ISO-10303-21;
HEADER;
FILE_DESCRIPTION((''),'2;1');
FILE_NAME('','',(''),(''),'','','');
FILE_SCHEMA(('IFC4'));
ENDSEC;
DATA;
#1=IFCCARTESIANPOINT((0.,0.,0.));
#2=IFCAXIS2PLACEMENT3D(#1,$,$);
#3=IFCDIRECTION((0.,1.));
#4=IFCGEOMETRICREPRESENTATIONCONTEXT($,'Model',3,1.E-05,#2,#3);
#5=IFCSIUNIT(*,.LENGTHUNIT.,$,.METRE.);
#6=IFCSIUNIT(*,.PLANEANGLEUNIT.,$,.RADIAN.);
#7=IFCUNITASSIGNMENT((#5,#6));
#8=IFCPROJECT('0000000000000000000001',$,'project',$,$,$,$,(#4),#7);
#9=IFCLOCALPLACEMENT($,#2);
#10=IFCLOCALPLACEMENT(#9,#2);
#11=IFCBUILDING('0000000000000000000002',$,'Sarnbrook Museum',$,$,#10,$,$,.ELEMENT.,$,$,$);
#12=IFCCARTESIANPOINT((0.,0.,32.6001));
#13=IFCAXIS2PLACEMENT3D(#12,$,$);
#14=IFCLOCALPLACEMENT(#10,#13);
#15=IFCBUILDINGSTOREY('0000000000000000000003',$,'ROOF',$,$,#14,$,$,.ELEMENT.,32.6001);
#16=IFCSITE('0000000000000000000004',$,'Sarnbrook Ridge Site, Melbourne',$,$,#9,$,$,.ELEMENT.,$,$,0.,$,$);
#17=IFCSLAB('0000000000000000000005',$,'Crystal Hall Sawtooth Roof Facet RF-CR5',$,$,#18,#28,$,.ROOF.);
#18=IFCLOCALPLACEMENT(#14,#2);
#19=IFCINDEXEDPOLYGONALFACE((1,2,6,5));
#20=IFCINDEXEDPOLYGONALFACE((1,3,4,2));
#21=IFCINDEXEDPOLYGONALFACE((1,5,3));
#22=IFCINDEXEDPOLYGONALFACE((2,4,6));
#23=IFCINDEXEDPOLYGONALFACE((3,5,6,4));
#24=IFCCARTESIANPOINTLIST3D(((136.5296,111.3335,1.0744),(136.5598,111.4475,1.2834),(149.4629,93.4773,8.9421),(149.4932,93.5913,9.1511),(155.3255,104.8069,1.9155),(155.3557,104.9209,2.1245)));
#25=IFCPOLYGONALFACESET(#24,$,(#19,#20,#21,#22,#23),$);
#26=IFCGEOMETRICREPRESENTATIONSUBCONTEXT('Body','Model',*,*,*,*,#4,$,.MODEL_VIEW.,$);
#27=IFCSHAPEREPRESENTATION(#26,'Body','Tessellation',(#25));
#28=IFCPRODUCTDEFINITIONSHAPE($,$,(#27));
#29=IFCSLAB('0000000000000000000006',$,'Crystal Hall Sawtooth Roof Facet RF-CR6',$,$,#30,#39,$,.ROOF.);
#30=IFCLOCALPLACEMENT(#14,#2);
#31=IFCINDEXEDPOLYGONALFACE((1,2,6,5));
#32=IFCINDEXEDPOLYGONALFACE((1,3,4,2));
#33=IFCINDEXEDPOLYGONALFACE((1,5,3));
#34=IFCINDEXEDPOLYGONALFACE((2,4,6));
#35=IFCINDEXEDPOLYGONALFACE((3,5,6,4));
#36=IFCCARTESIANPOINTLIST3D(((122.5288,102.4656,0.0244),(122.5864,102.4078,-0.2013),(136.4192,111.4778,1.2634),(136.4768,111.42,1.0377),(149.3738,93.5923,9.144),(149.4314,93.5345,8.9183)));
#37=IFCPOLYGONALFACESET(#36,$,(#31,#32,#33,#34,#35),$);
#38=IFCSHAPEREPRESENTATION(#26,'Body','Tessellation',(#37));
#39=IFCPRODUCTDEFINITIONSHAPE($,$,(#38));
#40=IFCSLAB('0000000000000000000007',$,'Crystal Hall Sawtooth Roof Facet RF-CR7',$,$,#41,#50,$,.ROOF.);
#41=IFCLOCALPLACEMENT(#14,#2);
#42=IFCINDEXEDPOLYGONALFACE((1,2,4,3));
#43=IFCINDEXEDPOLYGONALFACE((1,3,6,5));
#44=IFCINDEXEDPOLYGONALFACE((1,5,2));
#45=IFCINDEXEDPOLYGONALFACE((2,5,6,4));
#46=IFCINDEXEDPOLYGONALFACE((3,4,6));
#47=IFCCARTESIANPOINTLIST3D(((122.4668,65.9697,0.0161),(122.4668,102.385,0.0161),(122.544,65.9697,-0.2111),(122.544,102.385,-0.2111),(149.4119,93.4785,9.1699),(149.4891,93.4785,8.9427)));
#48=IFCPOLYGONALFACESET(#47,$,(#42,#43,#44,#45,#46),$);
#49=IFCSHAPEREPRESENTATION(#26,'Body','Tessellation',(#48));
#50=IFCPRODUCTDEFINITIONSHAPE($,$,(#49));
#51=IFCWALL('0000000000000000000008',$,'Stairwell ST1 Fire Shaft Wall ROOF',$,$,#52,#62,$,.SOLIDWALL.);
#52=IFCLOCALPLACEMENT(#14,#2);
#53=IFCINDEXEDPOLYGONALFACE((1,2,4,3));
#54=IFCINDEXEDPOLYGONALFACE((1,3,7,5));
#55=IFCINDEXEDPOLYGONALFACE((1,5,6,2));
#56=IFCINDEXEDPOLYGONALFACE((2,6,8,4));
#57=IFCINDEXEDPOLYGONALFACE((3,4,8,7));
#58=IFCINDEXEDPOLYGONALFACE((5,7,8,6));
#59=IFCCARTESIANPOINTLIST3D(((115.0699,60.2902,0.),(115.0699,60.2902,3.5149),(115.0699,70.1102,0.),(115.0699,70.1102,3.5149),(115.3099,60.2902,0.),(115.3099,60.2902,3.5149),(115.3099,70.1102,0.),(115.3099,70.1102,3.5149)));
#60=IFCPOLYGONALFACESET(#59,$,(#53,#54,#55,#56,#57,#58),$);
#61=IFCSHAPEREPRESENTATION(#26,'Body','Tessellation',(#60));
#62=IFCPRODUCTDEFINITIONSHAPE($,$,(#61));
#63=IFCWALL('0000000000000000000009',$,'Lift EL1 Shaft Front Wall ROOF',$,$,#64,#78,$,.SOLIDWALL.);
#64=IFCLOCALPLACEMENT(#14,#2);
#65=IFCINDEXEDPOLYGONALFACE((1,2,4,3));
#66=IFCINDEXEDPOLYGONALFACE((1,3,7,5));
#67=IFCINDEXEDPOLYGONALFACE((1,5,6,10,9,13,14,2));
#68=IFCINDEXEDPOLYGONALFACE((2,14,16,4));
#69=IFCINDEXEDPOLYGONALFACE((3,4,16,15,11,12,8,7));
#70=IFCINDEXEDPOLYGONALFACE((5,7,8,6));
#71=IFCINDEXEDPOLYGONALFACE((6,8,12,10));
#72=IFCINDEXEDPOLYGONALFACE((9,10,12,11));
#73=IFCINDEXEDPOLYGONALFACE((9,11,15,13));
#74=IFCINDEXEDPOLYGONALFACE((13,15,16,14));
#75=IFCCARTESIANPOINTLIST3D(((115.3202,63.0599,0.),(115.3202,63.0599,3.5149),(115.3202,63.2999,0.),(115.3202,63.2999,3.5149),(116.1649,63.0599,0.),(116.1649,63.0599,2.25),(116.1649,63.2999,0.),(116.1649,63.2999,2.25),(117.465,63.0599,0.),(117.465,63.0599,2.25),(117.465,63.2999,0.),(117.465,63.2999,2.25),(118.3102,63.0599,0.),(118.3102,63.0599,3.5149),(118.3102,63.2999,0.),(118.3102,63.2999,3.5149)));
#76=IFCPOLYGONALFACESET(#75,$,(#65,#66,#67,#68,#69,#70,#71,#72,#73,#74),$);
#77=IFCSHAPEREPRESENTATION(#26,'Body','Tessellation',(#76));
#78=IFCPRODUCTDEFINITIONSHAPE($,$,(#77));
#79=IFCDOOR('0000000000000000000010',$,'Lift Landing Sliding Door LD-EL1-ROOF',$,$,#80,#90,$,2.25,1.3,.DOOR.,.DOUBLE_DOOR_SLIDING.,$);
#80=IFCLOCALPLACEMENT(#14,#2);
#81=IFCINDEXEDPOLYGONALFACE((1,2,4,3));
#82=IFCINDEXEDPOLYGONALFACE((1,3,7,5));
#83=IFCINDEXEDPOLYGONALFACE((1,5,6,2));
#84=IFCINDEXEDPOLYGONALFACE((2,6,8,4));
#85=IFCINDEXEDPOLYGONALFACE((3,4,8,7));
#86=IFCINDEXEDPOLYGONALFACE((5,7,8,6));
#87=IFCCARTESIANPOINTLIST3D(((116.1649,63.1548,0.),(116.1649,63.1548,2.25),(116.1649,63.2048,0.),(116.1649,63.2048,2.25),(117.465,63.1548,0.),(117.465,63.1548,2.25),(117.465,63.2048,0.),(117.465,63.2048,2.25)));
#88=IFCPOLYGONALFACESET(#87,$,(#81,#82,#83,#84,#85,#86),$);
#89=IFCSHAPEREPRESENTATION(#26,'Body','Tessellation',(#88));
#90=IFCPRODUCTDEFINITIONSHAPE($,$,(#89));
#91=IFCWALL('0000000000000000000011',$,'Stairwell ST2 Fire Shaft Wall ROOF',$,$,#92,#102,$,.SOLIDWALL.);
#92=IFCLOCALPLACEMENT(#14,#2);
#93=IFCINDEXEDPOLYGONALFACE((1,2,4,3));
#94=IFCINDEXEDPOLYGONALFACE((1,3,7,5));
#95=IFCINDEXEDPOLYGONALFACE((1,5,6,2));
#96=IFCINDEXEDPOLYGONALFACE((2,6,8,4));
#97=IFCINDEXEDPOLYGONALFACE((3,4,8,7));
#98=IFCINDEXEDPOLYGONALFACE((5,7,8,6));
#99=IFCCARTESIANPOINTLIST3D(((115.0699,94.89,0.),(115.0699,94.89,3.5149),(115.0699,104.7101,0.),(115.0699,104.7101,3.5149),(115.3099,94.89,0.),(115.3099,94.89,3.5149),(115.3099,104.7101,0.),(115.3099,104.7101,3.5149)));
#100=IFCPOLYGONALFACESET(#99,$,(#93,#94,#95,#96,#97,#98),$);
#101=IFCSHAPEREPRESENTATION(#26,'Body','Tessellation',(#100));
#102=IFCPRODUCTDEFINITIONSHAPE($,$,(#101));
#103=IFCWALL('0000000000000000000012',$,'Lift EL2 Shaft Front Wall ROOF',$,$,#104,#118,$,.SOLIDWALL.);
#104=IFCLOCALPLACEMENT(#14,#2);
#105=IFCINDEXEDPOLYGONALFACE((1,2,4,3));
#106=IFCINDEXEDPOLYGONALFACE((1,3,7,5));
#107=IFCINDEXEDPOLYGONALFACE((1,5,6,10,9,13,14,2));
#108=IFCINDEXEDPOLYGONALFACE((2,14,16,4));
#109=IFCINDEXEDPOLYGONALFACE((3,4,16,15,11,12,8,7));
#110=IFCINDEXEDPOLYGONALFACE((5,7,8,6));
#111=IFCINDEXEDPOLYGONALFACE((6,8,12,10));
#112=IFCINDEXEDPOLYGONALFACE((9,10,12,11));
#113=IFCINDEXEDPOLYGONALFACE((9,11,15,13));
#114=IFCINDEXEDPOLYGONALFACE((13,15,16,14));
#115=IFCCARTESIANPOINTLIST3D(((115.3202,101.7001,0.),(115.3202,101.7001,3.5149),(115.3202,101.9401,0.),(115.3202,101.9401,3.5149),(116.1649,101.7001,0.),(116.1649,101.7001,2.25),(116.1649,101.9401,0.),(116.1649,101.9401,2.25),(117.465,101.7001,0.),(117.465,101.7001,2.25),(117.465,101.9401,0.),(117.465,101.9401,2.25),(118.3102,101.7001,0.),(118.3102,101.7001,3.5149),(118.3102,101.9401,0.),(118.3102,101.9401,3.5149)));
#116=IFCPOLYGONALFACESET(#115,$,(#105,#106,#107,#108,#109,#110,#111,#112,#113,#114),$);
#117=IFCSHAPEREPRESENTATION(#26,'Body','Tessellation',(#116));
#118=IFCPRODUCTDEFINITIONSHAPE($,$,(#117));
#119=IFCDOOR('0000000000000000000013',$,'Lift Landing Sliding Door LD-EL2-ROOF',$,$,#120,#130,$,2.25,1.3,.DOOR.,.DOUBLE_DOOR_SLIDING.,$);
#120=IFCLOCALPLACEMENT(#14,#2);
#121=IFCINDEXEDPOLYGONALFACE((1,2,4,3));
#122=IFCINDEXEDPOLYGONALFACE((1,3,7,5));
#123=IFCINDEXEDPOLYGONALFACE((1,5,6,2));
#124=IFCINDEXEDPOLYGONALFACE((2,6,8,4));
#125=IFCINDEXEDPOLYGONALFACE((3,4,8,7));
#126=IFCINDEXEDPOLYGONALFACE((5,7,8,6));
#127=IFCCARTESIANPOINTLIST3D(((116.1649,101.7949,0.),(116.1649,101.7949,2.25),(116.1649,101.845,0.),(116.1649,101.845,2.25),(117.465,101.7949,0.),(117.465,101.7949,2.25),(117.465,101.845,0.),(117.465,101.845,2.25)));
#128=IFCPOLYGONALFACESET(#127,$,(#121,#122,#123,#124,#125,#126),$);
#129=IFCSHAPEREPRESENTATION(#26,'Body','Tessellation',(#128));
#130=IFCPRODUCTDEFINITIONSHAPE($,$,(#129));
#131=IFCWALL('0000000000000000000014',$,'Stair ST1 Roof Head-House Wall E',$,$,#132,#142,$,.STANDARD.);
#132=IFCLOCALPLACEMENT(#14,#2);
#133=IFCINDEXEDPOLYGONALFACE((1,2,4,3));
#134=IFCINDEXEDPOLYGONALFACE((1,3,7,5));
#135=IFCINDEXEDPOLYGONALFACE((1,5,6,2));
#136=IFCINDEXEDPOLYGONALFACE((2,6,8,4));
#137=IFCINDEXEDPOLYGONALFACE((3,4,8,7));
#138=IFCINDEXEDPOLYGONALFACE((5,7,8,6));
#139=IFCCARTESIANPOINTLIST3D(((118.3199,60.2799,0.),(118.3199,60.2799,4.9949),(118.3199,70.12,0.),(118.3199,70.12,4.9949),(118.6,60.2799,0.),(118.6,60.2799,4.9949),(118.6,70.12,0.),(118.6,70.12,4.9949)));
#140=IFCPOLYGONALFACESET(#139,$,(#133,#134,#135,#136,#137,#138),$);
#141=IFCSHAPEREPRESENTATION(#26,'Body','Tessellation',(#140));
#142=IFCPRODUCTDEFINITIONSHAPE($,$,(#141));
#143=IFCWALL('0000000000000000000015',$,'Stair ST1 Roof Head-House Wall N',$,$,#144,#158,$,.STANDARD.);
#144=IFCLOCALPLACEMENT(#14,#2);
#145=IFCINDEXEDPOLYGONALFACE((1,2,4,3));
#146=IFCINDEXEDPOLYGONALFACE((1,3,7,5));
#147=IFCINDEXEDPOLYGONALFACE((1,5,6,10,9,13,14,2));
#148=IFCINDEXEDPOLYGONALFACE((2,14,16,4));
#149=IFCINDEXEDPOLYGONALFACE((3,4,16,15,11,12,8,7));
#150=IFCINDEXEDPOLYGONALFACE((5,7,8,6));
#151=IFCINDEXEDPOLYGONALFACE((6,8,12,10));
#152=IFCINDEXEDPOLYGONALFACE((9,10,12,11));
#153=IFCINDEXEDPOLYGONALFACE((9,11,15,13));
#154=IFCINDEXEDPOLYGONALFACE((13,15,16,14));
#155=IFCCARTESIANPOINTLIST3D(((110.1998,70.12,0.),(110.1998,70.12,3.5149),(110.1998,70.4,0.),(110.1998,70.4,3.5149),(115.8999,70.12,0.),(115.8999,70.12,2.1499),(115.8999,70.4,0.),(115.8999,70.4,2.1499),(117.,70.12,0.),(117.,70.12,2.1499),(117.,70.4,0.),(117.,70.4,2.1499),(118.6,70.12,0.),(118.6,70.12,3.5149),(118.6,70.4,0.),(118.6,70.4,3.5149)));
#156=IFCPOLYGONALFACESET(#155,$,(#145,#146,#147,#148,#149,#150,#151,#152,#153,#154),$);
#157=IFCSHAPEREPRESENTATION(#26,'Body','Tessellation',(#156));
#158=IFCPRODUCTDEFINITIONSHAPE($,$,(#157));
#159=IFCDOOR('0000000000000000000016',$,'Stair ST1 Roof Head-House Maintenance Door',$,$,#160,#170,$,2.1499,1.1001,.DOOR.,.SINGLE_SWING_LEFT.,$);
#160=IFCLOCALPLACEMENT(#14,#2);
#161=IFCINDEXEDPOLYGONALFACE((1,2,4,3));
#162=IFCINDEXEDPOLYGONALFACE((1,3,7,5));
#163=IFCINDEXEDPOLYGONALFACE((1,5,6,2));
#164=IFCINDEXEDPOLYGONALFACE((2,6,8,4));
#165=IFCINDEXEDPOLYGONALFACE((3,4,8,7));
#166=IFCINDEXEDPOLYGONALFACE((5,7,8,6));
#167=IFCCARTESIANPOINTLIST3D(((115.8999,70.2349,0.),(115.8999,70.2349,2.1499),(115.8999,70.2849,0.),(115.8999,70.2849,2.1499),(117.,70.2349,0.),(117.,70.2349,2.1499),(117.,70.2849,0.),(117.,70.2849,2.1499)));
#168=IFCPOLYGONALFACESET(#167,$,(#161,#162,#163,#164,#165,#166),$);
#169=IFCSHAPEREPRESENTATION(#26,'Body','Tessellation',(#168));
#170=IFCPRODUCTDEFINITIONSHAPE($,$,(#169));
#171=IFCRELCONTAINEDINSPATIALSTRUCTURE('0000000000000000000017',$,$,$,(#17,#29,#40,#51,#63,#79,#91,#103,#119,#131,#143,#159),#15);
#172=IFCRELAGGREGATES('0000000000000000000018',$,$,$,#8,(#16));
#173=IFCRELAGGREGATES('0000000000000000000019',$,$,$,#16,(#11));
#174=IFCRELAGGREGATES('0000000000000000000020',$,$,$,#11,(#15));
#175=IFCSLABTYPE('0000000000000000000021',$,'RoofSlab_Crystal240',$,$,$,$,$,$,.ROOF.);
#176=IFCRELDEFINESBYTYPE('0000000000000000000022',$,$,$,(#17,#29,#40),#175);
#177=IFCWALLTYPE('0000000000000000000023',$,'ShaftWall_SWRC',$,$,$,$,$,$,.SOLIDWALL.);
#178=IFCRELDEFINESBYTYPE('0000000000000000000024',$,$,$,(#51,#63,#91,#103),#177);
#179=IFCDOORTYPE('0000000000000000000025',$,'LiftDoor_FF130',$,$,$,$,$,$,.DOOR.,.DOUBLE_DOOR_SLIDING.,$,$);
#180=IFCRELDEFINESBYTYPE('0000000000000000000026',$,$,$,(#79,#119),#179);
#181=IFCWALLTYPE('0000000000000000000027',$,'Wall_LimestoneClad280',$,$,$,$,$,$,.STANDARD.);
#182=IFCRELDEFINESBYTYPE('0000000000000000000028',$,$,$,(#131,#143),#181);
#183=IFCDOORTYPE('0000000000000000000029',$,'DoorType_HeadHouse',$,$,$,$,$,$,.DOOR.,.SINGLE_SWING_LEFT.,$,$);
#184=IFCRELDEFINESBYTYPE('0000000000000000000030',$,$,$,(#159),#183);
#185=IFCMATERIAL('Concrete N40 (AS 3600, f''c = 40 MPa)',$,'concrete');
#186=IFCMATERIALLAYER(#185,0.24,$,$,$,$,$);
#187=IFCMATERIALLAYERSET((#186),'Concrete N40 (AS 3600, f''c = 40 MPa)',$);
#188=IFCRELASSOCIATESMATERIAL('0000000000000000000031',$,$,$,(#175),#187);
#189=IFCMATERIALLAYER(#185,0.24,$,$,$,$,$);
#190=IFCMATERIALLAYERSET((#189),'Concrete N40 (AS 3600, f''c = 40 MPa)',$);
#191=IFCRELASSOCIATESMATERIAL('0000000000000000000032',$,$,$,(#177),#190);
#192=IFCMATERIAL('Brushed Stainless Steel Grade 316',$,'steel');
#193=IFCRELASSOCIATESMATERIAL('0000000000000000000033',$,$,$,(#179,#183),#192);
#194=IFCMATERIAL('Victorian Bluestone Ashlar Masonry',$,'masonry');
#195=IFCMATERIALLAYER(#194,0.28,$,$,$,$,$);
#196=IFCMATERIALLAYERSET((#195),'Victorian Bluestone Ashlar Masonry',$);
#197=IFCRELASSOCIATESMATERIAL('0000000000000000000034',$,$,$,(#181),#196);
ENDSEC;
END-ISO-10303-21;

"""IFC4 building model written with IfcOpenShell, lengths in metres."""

from ifc_helpers import new_model, si_unit, direction, frame, frame_2d, origin, place, context, subcontext, project, spatial, polyline, rectangle, outline, extrude, material, layer, layer_set, type_object, element, fill, save


model = new_model("IFC4")

# Units and contexts
model_context = context("Model", 3, precision=1e-05, world=origin(), true_north=direction((0.0, 1.0)))
body_context = subcontext(model_context, "Body", "Model", "MODEL_VIEW")
ifc_project = project(units=[si_unit("LENGTHUNIT", "METRE"), si_unit("PLANEANGLEUNIT", "RADIAN")], contexts=[model_context])

# Site, building, storey
site_placement = place(None, origin())
site = spatial("IfcSite", under=ifc_project, at=site_placement, Name="Sarnbrook Ridge Site, Melbourne", CompositionType="ELEMENT", RefElevation=0.0)
building_placement = place(site_placement, origin())
building = spatial("IfcBuilding", under=site, at=building_placement, Name="Sarnbrook Museum", CompositionType="ELEMENT")
storey_placement = place(building_placement, frame((0.0, 0.0, 32.6001)))
storey = spatial("IfcBuildingStorey", under=building, at=storey_placement, Name="ROOF", CompositionType="ELEMENT", Elevation=32.6001)

# Slabs
ifc_material_1 = material(Name="Concrete N40 (AS 3600, f'c = 40 MPa)", Category="concrete")
ifc_layer_1 = layer(ifc_material_1, 0.24)
ifc_layer_set_1 = layer_set([ifc_layer_1], Name="Concrete N40 (AS 3600, f'c = 40 MPa)")
slab_type = type_object("IfcSlabType", Name="RoofSlab_Crystal240", PredefinedType="ROOF", material=ifc_layer_set_1)
slab_1_placement = place(storey_placement, frame((136.5598, 111.4475, 1.2834), z_axis=(0.125957, 0.474978, 0.870937), x_axis=(0.552477, -0.762768, 0.336086)))
element("IfcSlab", 1, at=slab_1_placement, inside=storey, type_object=slab_type, Name="Crystal Hall Sawtooth Roof Facet RF-CR5", PredefinedType="ROOF", context=body_context, shape_type="SweptSolid", body=[
    extrude(outline(polyline([(0.0, 0.0), (23.4097, 0.0), (15.6453, 12.3213), (0.0, 0.0)])), origin(), (0.0, 0.0, -1.0), 0.24),
])
slab_2_placement = place(storey_placement, frame((122.5288, 102.4656, 0.0244), z_axis=(-0.23998, 0.240577, 0.940496), x_axis=(0.903633, -0.298685, 0.306977)))
element("IfcSlab", 2, at=slab_2_placement, inside=storey, type_object=slab_type, Name="Crystal Hall Sawtooth Roof Facet RF-CR6", PredefinedType="ROOF", context=body_context, shape_type="SweptSolid", body=[
    extrude(outline(polyline([(0.0, 0.0), (29.7078, 0.0), (10.2403, 13.0703), (0.0, 0.0)])), origin(), (0.0, 0.0, -1.0), 0.24),
])
slab_3_placement = place(storey_placement, frame((122.4668, 65.9697, 0.0161), z_axis=(-0.321666, 0.0, 0.946853), x_axis=(0.680778, 0.695021, 0.231275)))
element("IfcSlab", 3, at=slab_3_placement, inside=storey, type_object=slab_type, Name="Crystal Hall Sawtooth Roof Facet RF-CR7", PredefinedType="ROOF", context=body_context, shape_type="SweptSolid", body=[
    extrude(outline(polyline([(0.0, 0.0), (39.5798, 0.0), (25.3094, 26.1822), (0.0, 0.0)])), origin(), (0.0, 0.0, -1.0), 0.24),
])

# Wall
ifc_layer_2 = layer(ifc_material_1, 0.24)
ifc_layer_set_2 = layer_set([ifc_layer_2], Name="Concrete N40 (AS 3600, f'c = 40 MPa)")
wall_type_1 = type_object("IfcWallType", Name="ShaftWall_SWRC", PredefinedType="SOLIDWALL", material=ifc_layer_set_2)
wall_1_placement = place(storey_placement, frame((115.1899, 60.29, 0.0), z_axis=(0.0, 0.0, 1.0), x_axis=(0.0, 1.0, 0.0)))
element("IfcWall", 4, at=wall_1_placement, inside=storey, type_object=wall_type_1, Name="Stairwell ST1 Fire Shaft Wall ROOF", PredefinedType="SOLIDWALL", context=body_context, shape_type="SweptSolid", body=[
    extrude(rectangle(XDim=9.8201, YDim=0.24, at=frame_2d((4.9102, 0.0))), origin(), (0.0, 0.0, 1.0), 3.5149),
])

# Wall, opening, door
wall_2_placement = place(storey_placement, frame((115.3201, 63.1799, 0.0), z_axis=(0.0, 0.0, 1.0), x_axis=(1.0, 0.0, 0.0)))
wall_2 = element("IfcWall", 5, at=wall_2_placement, inside=storey, type_object=wall_type_1, Name="Lift EL1 Shaft Front Wall ROOF", PredefinedType="SOLIDWALL", context=body_context, shape_type="SweptSolid", body=[
    extrude(rectangle(XDim=2.99, YDim=0.24, at=frame_2d((1.4951, 0.0))), origin(), (0.0, 0.0, 1.0), 3.5149),
])
opening_1_placement = place(wall_2_placement, frame((0.845, 0.0, 0.0)))
opening_1 = element("IfcOpeningElement", 6, at=opening_1_placement, cuts=wall_2, PredefinedType="OPENING", context=body_context, shape_type="SweptSolid", body=[
    extrude(rectangle(XDim=1.3, YDim=2.25, at=frame_2d((0.6499, 1.125))), frame((0.0, 0.1299, 0.0), z_axis=(0.0, -1.0, 0.0), x_axis=(1.0, 0.0, 0.0)), (0.0, 0.0, 1.0), 0.26),
])
ifc_material_2 = material(Name="Brushed Stainless Steel Grade 316", Category="steel")
door_type_1 = type_object("IfcDoorType", Name="LiftDoor_FF130", OperationType="DOUBLE_DOOR_SLIDING", PredefinedType="DOOR", material=ifc_material_2)
door_1_placement = place(opening_1_placement, origin())
door_1 = element("IfcDoor", 7, at=door_1_placement, inside=storey, type_object=door_type_1, Name="Lift Landing Sliding Door LD-EL1-ROOF", OperationType="DOUBLE_DOOR_SLIDING", OverallHeight=2.25, OverallWidth=1.3, PredefinedType="DOOR", context=body_context, shape_type="SweptSolid", body=[
    extrude(rectangle(XDim=1.3, YDim=2.25, at=frame_2d((0.6499, 1.125))), frame((0.0, 0.0249, 0.0), z_axis=(0.0, -1.0, 0.0), x_axis=(1.0, 0.0, 0.0)), (0.0, 0.0, 1.0), 0.05),
])
fill(opening_1, door_1)

# Wall
wall_3_placement = place(storey_placement, frame((115.1899, 94.8899, 0.0), z_axis=(0.0, 0.0, 1.0), x_axis=(0.0, 1.0, 0.0)))
element("IfcWall", 8, at=wall_3_placement, inside=storey, type_object=wall_type_1, Name="Stairwell ST2 Fire Shaft Wall ROOF", PredefinedType="SOLIDWALL", context=body_context, shape_type="SweptSolid", body=[
    extrude(rectangle(XDim=9.8201, YDim=0.24, at=frame_2d((4.9102, 0.0))), origin(), (0.0, 0.0, 1.0), 3.5149),
])

# Wall, opening, door
wall_4_placement = place(storey_placement, frame((115.3201, 101.8201, 0.0), z_axis=(0.0, 0.0, 1.0), x_axis=(1.0, 0.0, 0.0)))
wall_4 = element("IfcWall", 9, at=wall_4_placement, inside=storey, type_object=wall_type_1, Name="Lift EL2 Shaft Front Wall ROOF", PredefinedType="SOLIDWALL", context=body_context, shape_type="SweptSolid", body=[
    extrude(rectangle(XDim=2.99, YDim=0.24, at=frame_2d((1.4951, 0.0))), origin(), (0.0, 0.0, 1.0), 3.5149),
])
opening_2_placement = place(wall_4_placement, frame((0.845, 0.0, 0.0)))
opening_2 = element("IfcOpeningElement", 10, at=opening_2_placement, cuts=wall_4, PredefinedType="OPENING", context=body_context, shape_type="SweptSolid", body=[
    extrude(rectangle(XDim=1.3, YDim=2.25, at=frame_2d((0.6499, 1.125))), frame((0.0, 0.1299, 0.0), z_axis=(0.0, -1.0, 0.0), x_axis=(1.0, 0.0, 0.0)), (0.0, 0.0, 1.0), 0.26),
])
door_2_placement = place(opening_2_placement, origin())
door_2 = element("IfcDoor", 11, at=door_2_placement, inside=storey, type_object=door_type_1, Name="Lift Landing Sliding Door LD-EL2-ROOF", OperationType="DOUBLE_DOOR_SLIDING", OverallHeight=2.25, OverallWidth=1.3, PredefinedType="DOOR", context=body_context, shape_type="SweptSolid", body=[
    extrude(rectangle(XDim=1.3, YDim=2.25, at=frame_2d((0.6499, 1.125))), frame((0.0, 0.0249, 0.0), z_axis=(0.0, -1.0, 0.0), x_axis=(1.0, 0.0, 0.0)), (0.0, 0.0, 1.0), 0.05),
])
fill(opening_2, door_2)

# Wall
ifc_material_3 = material(Name="Victorian Bluestone Ashlar Masonry", Category="masonry")
ifc_layer_3 = layer(ifc_material_3, 0.28)
ifc_layer_set_3 = layer_set([ifc_layer_3], Name="Victorian Bluestone Ashlar Masonry")
wall_type_2 = type_object("IfcWallType", Name="Wall_LimestoneClad280", PredefinedType="STANDARD", material=ifc_layer_set_3)
wall_5_placement = place(storey_placement, frame((118.46, 60.28, 0.0), z_axis=(0.0, 0.0, 1.0), x_axis=(0.0, 1.0, 0.0)))
element("IfcWall", 12, at=wall_5_placement, inside=storey, type_object=wall_type_2, Name="Stair ST1 Roof Head-House Wall E", PredefinedType="STANDARD", context=body_context, shape_type="SweptSolid", body=[
    extrude(rectangle(XDim=9.8401, YDim=0.28, at=frame_2d((4.9199, 0.0))), origin(), (0.0, 0.0, 1.0), 4.9949),
])

# Wall, opening, door
wall_6_placement = place(storey_placement, frame((118.6001, 70.26, 0.0), z_axis=(0.0, 0.0, 1.0), x_axis=(-1.0, 0.0, 0.0)))
wall_6 = element("IfcWall", 13, at=wall_6_placement, inside=storey, type_object=wall_type_2, Name="Stair ST1 Roof Head-House Wall N", PredefinedType="STANDARD", context=body_context, shape_type="SweptSolid", body=[
    extrude(rectangle(XDim=8.4001, YDim=0.28, at=frame_2d((4.2002, 0.0))), origin(), (0.0, 0.0, 1.0), 3.5149),
])
opening_3_placement = place(wall_6_placement, frame((1.6001, 0.0, 0.0)))
opening_3 = element("IfcOpeningElement", 14, at=opening_3_placement, cuts=wall_6, PredefinedType="OPENING", context=body_context, shape_type="SweptSolid", body=[
    extrude(rectangle(XDim=1.1001, YDim=2.1499, at=frame_2d((0.55, 1.075))), frame((0.0, 0.1499, 0.0), z_axis=(0.0, -1.0, 0.0), x_axis=(1.0, 0.0, 0.0)), (0.0, 0.0, 1.0), 0.3),
])
door_type_2 = type_object("IfcDoorType", Name="DoorType_HeadHouse", OperationType="SINGLE_SWING_LEFT", PredefinedType="DOOR", material=ifc_material_2)
door_3_placement = place(opening_3_placement, frame((1.1001, 0.0, 0.0), z_axis=(0.0, 0.0, 1.0), x_axis=(-1.0, 0.0, 0.0)))
door_3 = element("IfcDoor", 15, at=door_3_placement, inside=storey, type_object=door_type_2, Name="Stair ST1 Roof Head-House Maintenance Door", OperationType="SINGLE_SWING_LEFT", OverallHeight=2.1499, OverallWidth=1.1001, PredefinedType="DOOR", context=body_context, shape_type="SweptSolid", body=[
    extrude(rectangle(XDim=1.1001, YDim=2.1499, at=frame_2d((0.55, 1.075))), frame((0.0, 0.0249, 0.0), z_axis=(0.0, -1.0, 0.0), x_axis=(1.0, 0.0, 0.0)), (0.0, 0.0, 1.0), 0.05),
])
fill(opening_3, door_3)

save(model, "model.ifc")
